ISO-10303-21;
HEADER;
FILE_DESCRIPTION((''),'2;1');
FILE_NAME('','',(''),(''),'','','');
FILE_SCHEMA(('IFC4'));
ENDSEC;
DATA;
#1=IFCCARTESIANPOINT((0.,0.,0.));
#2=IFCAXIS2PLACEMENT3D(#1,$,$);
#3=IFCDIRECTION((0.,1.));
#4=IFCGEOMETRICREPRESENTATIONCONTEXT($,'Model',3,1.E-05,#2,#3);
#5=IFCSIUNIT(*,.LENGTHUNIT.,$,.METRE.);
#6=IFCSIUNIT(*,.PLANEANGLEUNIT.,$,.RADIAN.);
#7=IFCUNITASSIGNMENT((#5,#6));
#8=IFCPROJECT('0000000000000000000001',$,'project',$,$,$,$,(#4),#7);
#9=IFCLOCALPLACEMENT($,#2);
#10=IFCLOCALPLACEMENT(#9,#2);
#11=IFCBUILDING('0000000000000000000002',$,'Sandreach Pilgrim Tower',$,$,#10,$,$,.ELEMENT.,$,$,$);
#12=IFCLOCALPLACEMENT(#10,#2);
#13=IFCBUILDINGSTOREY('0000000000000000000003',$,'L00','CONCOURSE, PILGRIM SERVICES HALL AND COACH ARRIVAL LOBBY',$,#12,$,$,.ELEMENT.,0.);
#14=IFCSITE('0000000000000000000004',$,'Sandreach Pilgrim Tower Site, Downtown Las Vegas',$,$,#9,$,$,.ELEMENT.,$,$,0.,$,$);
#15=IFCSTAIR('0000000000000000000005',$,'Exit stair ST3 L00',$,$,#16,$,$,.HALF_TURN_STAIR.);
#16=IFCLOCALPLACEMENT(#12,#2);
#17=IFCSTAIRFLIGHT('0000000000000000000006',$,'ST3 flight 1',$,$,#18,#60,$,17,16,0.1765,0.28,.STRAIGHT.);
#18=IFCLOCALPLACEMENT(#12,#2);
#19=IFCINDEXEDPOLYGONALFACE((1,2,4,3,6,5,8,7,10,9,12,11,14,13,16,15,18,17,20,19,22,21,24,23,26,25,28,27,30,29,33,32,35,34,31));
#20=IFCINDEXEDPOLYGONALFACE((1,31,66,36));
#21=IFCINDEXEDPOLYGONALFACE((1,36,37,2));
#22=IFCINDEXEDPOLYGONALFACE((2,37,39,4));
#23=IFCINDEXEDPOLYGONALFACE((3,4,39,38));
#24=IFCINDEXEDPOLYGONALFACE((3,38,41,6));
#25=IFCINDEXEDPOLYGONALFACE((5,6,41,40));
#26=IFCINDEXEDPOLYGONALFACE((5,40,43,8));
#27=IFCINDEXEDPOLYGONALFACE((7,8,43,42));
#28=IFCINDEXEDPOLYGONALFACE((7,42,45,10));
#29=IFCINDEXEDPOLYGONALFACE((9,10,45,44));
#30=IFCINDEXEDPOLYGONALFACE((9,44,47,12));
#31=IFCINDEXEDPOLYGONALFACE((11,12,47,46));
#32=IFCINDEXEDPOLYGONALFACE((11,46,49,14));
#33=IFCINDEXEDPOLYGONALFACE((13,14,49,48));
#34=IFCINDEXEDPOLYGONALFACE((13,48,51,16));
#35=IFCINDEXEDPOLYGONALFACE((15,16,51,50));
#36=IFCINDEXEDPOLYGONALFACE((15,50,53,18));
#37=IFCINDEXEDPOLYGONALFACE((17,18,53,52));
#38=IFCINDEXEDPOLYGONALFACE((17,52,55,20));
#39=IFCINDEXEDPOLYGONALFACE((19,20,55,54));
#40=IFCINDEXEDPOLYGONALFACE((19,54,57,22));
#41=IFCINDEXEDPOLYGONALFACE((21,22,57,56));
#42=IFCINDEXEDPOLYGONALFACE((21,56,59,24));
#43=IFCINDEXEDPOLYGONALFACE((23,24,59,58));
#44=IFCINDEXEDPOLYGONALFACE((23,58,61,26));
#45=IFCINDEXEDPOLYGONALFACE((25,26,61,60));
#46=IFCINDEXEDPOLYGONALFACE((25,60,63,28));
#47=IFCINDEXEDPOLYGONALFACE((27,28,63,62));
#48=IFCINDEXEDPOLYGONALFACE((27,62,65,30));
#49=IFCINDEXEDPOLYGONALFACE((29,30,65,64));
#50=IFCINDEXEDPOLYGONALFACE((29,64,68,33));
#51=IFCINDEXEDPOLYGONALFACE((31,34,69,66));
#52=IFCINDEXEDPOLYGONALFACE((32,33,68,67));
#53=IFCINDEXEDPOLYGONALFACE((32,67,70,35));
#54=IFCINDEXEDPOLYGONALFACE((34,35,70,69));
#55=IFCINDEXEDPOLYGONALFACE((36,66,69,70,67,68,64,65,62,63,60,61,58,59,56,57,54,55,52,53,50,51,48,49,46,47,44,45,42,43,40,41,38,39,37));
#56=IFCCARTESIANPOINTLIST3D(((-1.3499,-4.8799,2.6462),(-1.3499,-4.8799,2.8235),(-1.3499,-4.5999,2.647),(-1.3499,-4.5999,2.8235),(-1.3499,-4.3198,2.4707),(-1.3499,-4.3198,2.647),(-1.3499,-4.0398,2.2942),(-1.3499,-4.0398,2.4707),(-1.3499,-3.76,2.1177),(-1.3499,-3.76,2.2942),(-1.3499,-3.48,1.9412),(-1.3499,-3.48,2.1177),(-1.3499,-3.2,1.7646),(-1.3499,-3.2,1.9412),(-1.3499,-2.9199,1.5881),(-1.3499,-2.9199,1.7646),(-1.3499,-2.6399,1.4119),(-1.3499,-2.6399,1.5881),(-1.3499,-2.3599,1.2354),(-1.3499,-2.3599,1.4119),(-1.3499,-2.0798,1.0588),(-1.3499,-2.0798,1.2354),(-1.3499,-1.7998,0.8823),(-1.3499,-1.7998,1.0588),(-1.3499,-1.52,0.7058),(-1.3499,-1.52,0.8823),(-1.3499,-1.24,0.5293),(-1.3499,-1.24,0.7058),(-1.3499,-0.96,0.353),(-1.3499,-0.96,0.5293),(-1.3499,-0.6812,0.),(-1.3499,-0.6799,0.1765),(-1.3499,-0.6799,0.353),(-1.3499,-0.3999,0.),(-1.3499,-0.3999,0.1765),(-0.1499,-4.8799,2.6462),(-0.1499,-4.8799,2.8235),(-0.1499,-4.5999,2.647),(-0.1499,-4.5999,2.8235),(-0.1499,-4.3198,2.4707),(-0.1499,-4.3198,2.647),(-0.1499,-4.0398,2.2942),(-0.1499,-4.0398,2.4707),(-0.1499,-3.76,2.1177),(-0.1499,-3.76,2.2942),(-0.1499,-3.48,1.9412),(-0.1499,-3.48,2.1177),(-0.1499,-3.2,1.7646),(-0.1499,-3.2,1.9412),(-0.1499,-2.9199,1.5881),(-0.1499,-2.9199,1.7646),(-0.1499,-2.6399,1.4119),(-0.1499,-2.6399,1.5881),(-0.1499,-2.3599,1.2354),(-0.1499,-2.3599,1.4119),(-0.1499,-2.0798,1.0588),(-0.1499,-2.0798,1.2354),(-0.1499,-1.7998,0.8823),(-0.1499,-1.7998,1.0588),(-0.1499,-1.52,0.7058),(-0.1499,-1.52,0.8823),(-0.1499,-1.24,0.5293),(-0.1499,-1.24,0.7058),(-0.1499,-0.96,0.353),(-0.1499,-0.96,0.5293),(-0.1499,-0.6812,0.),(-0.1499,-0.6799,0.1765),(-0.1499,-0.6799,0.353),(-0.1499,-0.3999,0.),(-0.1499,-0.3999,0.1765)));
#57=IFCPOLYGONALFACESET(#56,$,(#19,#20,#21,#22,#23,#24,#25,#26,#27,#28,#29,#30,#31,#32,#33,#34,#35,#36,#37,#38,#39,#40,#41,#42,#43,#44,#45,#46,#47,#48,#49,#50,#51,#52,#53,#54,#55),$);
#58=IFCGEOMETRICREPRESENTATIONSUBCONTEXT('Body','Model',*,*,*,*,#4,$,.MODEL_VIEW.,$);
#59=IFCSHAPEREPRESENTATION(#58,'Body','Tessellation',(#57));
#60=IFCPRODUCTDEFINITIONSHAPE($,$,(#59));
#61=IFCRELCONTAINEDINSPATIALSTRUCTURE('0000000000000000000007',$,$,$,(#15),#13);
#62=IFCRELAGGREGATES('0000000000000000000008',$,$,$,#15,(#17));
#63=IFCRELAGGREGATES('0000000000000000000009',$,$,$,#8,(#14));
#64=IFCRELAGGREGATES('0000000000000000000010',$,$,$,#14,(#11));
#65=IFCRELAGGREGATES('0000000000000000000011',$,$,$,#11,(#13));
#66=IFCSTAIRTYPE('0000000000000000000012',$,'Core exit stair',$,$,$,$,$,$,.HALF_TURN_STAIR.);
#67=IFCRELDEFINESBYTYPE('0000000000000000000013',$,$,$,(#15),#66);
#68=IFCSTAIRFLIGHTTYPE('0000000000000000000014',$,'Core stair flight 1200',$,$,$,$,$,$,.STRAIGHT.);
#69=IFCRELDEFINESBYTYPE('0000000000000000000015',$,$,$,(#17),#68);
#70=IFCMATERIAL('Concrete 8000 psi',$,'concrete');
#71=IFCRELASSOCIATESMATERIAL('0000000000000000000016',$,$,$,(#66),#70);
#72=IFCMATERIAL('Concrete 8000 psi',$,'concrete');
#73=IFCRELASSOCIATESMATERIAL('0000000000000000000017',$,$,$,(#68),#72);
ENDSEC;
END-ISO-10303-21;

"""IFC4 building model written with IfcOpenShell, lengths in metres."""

from ifc_helpers import new_model, si_unit, direction, frame, origin, place, context, subcontext, project, spatial, polyline, outline, extrude, material, type_object, element, aggregate, save


model = new_model("IFC4")

# Units and contexts
model_context = context("Model", 3, precision=1e-05, world=origin(), true_north=direction((0.0, 1.0)))
body_context = subcontext(model_context, "Body", "Model", "MODEL_VIEW")
ifc_project = project(units=[si_unit("LENGTHUNIT", "METRE"), si_unit("PLANEANGLEUNIT", "RADIAN")], contexts=[model_context])

# Site, building, storey
site_placement = place(None, origin())
site = spatial("IfcSite", under=ifc_project, at=site_placement, Name="Sandreach Pilgrim Tower Site, Downtown Las Vegas", CompositionType="ELEMENT", RefElevation=0.0)
building_placement = place(site_placement, origin())
building = spatial("IfcBuilding", under=site, at=building_placement, Name="Sandreach Pilgrim Tower", CompositionType="ELEMENT")
storey_placement = place(building_placement, origin())
storey = spatial("IfcBuildingStorey", under=building, at=storey_placement, Name="L00", Description="CONCOURSE, PILGRIM SERVICES HALL AND COACH ARRIVAL LOBBY", CompositionType="ELEMENT", Elevation=0.0)

# Stair, stair flight
ifc_material_1 = material(Name="Concrete 8000 psi", Category="concrete")
stair_type = type_object("IfcStairType", Name="Core exit stair", PredefinedType="HALF_TURN_STAIR", material=ifc_material_1)
ifc_material_2 = material(Name="Concrete 8000 psi", Category="concrete")
stair_flight_type = type_object("IfcStairFlightType", Name="Core stair flight 1200", PredefinedType="STRAIGHT", material=ifc_material_2)
stair_1_placement = place(storey_placement, origin())
stair_1 = element("IfcStair", 1, at=stair_1_placement, inside=storey, type_object=stair_type, Name="Exit stair ST3 L00", PredefinedType="HALF_TURN_STAIR")
stair_flight_1_placement = place(storey_placement, frame((-0.75, -0.3999, 0.0), z_axis=(0.0, 0.0, 1.0), x_axis=(0.0, -1.0, 0.0)))
stair_flight_1 = element("IfcStairFlight", 2, at=stair_flight_1_placement, type_object=stair_flight_type, Name="ST3 flight 1", NumberOfRisers=17, NumberOfTreads=16, PredefinedType="STRAIGHT", RiserHeight=0.1765, TreadLength=0.28, context=body_context, shape_type="SweptSolid", body=[
    extrude(outline(polyline([(0.0, 0.0), (0.0, 0.1765), (0.28, 0.1765), (0.28, 0.353), (0.5601, 0.353), (0.5601, 0.5293), (0.8401, 0.5293), (0.8401, 0.7058), (1.1201, 0.7058), (1.1201, 0.8823), (1.3999, 0.8823), (1.3999, 1.0588), (1.6799, 1.0588), (1.6799, 1.2354), (1.96, 1.2354), (1.96, 1.4119), (2.24, 1.4119), (2.24, 1.5881), (2.52, 1.5881), (2.52, 1.7646), (2.8, 1.7646), (2.8, 1.9412), (3.0801, 1.9412), (3.0801, 2.1177), (3.3601, 2.1177), (3.3601, 2.2942), (3.6399, 2.2942), (3.6399, 2.4707), (3.9199, 2.4707), (3.9199, 2.647), (4.2, 2.647), (4.2, 2.8235), (4.48, 2.8235), (4.48, 3.0), (4.48, 2.6462), (0.2812, 0.0), (0.0, 0.0)])), frame((0.0, 0.6001, 0.0), z_axis=(0.0, -1.0, 0.0), x_axis=(1.0, 0.0, 0.0)), (0.0, 0.0, 1.0), 1.2),
])
aggregate(stair_1, [stair_flight_1])

save(model, "model.ifc")
